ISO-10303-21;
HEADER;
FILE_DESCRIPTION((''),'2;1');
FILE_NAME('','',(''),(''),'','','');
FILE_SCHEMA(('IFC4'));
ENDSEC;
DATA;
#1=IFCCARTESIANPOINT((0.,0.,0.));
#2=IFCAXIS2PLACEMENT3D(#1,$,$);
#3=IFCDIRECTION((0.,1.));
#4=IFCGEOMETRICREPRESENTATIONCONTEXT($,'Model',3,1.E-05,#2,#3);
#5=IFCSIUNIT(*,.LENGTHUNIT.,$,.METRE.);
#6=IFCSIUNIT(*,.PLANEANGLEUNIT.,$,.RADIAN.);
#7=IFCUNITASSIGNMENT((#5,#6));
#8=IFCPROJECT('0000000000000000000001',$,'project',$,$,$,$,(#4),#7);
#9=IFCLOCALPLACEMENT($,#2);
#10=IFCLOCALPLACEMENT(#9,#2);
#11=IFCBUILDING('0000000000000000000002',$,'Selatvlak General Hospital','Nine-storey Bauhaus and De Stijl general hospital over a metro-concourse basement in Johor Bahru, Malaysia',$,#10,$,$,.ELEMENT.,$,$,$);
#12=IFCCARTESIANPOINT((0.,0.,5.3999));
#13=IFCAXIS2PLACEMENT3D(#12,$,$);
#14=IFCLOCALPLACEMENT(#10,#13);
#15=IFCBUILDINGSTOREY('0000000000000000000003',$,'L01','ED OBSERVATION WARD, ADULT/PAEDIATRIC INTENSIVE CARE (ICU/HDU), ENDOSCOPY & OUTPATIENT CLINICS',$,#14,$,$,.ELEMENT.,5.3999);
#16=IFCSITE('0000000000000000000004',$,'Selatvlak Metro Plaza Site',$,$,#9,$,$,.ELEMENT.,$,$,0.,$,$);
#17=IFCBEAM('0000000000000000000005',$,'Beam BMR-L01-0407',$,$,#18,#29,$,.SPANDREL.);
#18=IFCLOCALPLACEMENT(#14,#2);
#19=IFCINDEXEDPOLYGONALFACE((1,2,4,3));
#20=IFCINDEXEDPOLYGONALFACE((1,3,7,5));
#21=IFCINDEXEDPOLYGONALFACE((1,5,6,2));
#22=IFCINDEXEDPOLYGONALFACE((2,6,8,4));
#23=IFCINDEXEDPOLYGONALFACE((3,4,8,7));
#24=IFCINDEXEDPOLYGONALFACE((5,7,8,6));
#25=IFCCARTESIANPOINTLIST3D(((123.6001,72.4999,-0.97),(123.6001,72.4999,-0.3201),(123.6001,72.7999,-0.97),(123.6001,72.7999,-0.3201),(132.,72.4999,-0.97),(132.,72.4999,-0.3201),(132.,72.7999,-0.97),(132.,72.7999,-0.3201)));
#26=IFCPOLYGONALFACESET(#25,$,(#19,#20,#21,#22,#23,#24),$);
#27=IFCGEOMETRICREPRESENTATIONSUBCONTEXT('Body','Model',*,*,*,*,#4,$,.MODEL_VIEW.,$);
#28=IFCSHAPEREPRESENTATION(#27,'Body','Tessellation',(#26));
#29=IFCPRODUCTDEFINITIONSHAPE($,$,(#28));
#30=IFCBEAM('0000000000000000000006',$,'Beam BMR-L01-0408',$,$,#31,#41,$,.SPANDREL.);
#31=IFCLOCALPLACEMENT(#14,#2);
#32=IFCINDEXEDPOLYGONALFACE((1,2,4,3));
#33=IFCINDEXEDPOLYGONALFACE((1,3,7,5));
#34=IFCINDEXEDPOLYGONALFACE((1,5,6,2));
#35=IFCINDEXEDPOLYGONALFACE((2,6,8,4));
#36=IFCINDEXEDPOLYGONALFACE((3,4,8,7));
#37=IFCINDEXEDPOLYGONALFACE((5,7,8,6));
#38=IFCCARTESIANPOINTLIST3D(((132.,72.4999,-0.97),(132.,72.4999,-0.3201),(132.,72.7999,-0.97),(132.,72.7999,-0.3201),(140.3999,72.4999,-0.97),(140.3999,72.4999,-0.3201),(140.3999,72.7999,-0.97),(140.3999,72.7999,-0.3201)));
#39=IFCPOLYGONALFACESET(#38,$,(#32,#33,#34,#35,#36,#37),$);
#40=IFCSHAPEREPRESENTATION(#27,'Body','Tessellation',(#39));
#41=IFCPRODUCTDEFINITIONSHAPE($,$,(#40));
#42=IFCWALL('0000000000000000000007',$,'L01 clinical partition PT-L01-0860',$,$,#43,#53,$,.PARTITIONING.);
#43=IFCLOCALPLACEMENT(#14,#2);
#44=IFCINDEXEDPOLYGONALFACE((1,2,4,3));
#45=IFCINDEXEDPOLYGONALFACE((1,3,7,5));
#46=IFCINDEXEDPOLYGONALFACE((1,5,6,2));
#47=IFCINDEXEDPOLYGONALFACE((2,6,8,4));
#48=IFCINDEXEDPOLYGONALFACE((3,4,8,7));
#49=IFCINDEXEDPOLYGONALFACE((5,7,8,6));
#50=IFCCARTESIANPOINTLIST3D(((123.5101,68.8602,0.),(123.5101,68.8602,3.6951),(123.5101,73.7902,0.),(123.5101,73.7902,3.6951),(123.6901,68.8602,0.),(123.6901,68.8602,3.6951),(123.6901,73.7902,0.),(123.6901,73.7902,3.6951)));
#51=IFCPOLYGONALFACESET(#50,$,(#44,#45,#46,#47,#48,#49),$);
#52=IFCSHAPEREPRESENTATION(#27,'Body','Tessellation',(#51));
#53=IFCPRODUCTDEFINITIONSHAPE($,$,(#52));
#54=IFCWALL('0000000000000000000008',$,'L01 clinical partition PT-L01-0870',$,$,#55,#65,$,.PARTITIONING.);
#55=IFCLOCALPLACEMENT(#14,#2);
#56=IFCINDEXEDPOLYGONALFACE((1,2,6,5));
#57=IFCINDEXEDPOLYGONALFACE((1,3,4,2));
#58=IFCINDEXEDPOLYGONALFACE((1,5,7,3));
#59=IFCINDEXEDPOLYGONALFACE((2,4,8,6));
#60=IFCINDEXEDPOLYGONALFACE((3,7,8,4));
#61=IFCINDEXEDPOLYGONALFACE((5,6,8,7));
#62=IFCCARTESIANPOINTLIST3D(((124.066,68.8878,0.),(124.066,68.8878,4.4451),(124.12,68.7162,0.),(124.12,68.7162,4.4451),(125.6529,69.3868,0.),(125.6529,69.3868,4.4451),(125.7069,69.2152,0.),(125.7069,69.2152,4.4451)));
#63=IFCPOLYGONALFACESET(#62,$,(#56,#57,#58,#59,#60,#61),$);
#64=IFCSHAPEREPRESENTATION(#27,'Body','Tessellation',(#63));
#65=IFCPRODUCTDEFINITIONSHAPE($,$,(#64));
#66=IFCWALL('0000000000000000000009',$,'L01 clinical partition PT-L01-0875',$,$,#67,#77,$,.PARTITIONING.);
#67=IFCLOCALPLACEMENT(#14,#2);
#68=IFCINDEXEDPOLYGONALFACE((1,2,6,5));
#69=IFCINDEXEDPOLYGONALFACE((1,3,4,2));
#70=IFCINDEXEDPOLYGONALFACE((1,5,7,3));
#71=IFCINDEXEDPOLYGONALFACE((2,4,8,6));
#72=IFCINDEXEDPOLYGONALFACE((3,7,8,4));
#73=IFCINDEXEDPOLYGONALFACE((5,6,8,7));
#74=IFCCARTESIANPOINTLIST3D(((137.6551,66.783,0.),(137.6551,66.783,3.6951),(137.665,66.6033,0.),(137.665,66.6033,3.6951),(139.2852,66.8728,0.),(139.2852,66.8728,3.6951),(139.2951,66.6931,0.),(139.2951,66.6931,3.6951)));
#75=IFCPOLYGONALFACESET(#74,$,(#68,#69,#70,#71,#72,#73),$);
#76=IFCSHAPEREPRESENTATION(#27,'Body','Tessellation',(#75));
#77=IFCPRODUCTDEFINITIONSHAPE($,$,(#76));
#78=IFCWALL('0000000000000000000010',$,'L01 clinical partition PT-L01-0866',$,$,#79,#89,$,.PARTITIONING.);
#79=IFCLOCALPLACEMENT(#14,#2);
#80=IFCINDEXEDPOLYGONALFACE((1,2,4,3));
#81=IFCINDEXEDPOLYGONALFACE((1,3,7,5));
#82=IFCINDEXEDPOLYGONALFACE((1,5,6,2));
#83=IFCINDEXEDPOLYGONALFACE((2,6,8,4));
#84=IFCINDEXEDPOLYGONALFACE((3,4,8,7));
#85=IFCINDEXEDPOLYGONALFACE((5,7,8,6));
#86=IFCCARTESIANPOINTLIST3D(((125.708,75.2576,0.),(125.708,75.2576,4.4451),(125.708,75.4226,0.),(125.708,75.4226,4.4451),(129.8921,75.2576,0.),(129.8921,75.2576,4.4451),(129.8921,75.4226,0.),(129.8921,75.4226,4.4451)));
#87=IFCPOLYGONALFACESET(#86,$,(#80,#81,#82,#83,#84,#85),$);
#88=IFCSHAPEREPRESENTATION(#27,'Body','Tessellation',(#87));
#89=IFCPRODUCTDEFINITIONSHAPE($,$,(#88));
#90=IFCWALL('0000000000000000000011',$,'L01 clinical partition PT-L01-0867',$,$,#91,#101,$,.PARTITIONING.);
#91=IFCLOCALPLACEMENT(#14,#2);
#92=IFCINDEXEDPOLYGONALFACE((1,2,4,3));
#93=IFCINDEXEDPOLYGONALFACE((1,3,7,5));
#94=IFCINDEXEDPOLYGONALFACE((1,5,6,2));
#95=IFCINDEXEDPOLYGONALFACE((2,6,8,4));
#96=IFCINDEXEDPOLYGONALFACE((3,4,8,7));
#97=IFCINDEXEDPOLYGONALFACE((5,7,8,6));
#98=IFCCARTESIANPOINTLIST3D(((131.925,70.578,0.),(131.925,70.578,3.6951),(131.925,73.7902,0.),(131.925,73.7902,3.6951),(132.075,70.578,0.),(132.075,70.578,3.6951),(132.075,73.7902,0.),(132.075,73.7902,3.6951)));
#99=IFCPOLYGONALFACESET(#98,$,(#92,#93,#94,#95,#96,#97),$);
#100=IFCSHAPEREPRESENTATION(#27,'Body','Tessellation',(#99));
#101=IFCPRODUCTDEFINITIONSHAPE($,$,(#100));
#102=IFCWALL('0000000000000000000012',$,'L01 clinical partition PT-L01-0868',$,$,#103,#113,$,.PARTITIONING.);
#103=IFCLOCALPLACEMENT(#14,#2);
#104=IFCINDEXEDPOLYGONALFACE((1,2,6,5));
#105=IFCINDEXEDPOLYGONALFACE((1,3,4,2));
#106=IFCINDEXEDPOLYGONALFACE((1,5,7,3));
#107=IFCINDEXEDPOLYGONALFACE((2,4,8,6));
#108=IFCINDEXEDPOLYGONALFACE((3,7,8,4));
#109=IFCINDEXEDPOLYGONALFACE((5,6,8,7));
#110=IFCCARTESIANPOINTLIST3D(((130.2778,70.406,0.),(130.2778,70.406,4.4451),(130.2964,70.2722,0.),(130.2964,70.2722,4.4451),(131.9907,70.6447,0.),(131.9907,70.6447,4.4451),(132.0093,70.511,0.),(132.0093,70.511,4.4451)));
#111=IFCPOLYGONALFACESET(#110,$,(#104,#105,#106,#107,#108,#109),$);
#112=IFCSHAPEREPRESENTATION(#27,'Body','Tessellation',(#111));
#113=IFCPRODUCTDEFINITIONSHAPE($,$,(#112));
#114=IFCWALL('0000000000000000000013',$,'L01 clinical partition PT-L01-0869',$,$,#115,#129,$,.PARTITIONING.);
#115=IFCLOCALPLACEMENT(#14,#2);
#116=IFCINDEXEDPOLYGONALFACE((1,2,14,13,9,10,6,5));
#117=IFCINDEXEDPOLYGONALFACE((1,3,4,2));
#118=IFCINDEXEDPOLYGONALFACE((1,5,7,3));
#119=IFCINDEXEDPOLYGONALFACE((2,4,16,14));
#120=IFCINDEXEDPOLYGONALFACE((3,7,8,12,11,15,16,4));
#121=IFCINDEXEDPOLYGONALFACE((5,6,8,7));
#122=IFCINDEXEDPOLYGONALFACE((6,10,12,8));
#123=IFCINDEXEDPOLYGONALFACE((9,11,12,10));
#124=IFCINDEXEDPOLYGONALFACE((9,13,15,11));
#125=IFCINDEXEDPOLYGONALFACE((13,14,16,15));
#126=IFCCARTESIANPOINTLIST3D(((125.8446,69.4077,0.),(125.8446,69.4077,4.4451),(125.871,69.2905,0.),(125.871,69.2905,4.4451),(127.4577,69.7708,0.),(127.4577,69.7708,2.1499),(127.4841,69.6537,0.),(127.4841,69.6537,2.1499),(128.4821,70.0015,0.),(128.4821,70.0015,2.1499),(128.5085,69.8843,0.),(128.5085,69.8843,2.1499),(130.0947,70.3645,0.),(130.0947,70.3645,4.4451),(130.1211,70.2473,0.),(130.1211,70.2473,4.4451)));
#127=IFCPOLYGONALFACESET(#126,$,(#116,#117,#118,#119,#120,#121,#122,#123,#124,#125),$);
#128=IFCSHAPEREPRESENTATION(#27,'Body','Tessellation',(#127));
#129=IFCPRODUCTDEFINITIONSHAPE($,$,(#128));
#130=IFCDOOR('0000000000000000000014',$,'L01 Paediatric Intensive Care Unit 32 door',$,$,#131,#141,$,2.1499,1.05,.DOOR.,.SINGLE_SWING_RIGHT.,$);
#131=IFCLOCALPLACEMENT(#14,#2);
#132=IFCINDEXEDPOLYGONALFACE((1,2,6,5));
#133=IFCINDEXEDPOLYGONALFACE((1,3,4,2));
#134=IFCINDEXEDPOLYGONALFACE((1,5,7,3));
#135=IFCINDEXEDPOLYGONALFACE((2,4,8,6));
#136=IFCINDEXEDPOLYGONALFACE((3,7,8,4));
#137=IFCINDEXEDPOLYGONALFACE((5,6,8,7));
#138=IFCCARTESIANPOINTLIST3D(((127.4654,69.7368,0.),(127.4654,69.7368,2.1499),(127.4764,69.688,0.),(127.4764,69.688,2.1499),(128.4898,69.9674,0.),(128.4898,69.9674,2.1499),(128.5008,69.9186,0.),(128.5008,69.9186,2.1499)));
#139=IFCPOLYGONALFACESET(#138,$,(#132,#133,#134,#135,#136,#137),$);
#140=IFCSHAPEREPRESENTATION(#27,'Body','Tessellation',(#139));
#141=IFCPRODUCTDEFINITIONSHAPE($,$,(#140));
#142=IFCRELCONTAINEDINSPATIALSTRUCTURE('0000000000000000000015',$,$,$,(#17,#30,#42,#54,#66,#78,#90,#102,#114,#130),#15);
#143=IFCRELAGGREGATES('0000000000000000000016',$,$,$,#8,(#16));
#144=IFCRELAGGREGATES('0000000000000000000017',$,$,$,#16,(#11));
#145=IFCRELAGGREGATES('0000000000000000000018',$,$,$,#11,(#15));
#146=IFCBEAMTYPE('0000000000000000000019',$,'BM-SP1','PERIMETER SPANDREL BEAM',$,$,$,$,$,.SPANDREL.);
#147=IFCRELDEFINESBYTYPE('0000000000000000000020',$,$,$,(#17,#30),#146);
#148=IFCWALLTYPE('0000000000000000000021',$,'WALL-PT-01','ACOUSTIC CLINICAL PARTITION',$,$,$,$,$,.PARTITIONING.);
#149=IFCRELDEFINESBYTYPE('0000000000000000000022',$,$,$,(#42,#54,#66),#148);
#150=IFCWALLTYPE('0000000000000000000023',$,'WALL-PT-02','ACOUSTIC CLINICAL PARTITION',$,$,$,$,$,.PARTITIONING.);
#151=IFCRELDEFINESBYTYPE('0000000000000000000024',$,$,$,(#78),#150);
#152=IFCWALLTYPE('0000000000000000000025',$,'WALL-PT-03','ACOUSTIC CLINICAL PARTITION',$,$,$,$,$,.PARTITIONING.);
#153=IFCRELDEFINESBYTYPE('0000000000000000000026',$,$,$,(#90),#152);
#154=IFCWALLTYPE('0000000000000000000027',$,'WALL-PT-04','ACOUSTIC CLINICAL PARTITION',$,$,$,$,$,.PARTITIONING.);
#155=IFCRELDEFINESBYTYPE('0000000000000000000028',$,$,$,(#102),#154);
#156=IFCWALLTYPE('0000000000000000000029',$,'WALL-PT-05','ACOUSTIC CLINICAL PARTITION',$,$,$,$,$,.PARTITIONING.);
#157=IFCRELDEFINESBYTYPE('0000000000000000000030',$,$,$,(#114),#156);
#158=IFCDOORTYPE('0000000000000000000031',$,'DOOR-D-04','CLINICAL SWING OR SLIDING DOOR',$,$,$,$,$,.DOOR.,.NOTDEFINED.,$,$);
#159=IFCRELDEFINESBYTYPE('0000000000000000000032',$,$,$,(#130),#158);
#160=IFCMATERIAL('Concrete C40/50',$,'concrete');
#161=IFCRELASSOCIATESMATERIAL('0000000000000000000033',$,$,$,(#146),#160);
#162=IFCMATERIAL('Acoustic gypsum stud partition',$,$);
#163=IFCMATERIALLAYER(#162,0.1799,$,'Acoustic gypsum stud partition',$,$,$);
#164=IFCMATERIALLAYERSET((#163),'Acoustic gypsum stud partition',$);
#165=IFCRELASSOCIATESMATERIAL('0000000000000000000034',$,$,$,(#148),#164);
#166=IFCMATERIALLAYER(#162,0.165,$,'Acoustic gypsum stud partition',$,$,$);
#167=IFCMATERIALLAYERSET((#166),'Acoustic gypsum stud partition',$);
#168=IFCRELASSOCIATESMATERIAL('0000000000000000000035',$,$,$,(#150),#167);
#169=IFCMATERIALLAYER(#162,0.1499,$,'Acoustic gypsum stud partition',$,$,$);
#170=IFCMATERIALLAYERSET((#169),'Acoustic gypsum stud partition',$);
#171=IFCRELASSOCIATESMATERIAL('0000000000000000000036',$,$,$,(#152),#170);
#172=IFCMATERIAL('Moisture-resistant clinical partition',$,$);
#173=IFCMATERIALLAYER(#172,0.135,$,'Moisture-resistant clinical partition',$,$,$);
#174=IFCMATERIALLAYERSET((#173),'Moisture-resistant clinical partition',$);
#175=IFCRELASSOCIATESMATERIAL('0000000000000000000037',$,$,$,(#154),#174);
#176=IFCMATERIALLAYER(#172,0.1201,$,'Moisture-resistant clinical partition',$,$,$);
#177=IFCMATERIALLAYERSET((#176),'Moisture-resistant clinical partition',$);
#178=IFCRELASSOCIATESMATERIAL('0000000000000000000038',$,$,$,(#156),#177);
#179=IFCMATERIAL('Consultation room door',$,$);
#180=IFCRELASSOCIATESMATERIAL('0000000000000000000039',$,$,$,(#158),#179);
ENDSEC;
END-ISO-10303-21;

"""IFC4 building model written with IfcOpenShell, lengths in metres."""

from ifc_helpers import new_model, si_unit, direction, frame, frame_2d, origin, origin_2d, place, context, subcontext, project, spatial, rectangle, extrude, material, layer, layer_set, material_profile, profile_set, type_object, element, fill, save


model = new_model("IFC4")

# Units and contexts
model_context = context("Model", 3, precision=1e-05, world=origin(), true_north=direction((0.0, 1.0)))
body_context = subcontext(model_context, "Body", "Model", "MODEL_VIEW")
ifc_project = project(units=[si_unit("LENGTHUNIT", "METRE"), si_unit("PLANEANGLEUNIT", "RADIAN")], contexts=[model_context])

# Site, building, storey
site_placement = place(None, origin())
site = spatial("IfcSite", under=ifc_project, at=site_placement, Name="Selatvlak Metro Plaza Site", CompositionType="ELEMENT", RefElevation=0.0)
building_placement = place(site_placement, origin())
building = spatial("IfcBuilding", under=site, at=building_placement, Name="Selatvlak General Hospital", Description="Nine-storey Bauhaus and De Stijl general hospital over a metro-concourse basement in Johor Bahru, Malaysia", CompositionType="ELEMENT")
storey_placement = place(building_placement, frame((0.0, 0.0, 5.3999)))
storey = spatial("IfcBuildingStorey", under=building, at=storey_placement, Name="L01", Description="ED OBSERVATION WARD, ADULT/PAEDIATRIC INTENSIVE CARE (ICU/HDU), ENDOSCOPY & OUTPATIENT CLINICS", CompositionType="ELEMENT", Elevation=5.3999)

# Beams
ifc_material_1 = material(Name="Concrete C40/50", Category="concrete")
ifc_material_profile_1 = material_profile(ifc_material_1, rectangle(XDim=0.3, YDim=0.6499, at=origin_2d()), Name="RC-SP 300x650")
ifc_profile_set_1 = profile_set([ifc_material_profile_1], Name="Concrete C40/50")
beam_type_1 = type_object("IfcBeamType", Name="BM-SP1", Description="PERIMETER SPANDREL BEAM", PredefinedType="SPANDREL", material=ifc_profile_set_1)
for number, where, z_axis, x_axis, name in (
    (1, (123.6001, 72.6499, -0.645), (1.0, 0.0, 0.0), (0.0, 1.0, 0.0), "Beam BMR-L01-0407"),
    (2, (132.0, 72.6499, -0.645), (1.0, 0.0, 0.0), (0.0, 1.0, 0.0), "Beam BMR-L01-0408"),
):
    element("IfcBeam", number, at=place(storey_placement, frame(where, z_axis=z_axis, x_axis=x_axis)), inside=storey, type_object=beam_type_1, Name=name, PredefinedType="SPANDREL", context=body_context, shape_type="SweptSolid", body=[
        extrude(rectangle(XDim=0.3, YDim=0.6499, at=origin_2d()), origin(), (0.0, 0.0, 1.0), 8.3999),
    ])

# Walls
ifc_material_2 = material(Name="Acoustic gypsum stud partition")
ifc_layer_1 = layer(ifc_material_2, 0.1799, Name="Acoustic gypsum stud partition")
ifc_layer_set_1 = layer_set([ifc_layer_1], Name="Acoustic gypsum stud partition")
wall_type_1 = type_object("IfcWallType", Name="WALL-PT-01", Description="ACOUSTIC CLINICAL PARTITION", PredefinedType="PARTITIONING", material=ifc_layer_set_1)
wall_1_placement = place(storey_placement, frame((123.6001, 73.79, 0.0), z_axis=(0.0, 0.0, 1.0), x_axis=(0.0, -1.0, 0.0)))
element("IfcWall", 3, at=wall_1_placement, inside=storey, type_object=wall_type_1, Name="L01 clinical partition PT-L01-0860", PredefinedType="PARTITIONING", context=body_context, shape_type="SweptSolid", body=[
    extrude(rectangle(XDim=4.9299, YDim=0.1799, at=frame_2d((2.4648, 0.0))), origin(), (0.0, 0.0, 1.0), 3.6951),
])
wall_2_placement = place(storey_placement, frame((125.6799, 69.301, 0.0), z_axis=(0.0, 0.0, 1.0), x_axis=(-0.953946, -0.299979, 0.0)))
element("IfcWall", 4, at=wall_2_placement, inside=storey, type_object=wall_type_1, Name="L01 clinical partition PT-L01-0870", PredefinedType="PARTITIONING", context=body_context, shape_type="SweptSolid", body=[
    extrude(rectangle(XDim=1.6636, YDim=0.1799, at=frame_2d((0.8318, 0.0))), origin(), (0.0, 0.0, 1.0), 4.4451),
])
wall_3_placement = place(storey_placement, frame((137.6599, 66.6931, 0.0), z_axis=(0.0, 0.0, 1.0), x_axis=(0.998485, 0.055031, 0.0)))
element("IfcWall", 5, at=wall_3_placement, inside=storey, type_object=wall_type_1, Name="L01 clinical partition PT-L01-0875", PredefinedType="PARTITIONING", context=body_context, shape_type="SweptSolid", body=[
    extrude(rectangle(XDim=1.6326, YDim=0.1799, at=frame_2d((0.8164, 0.0))), origin(), (0.0, 0.0, 1.0), 3.6951),
])

# Shared definitions
ifc_layer_2 = layer(ifc_material_2, 0.165, Name="Acoustic gypsum stud partition")
ifc_layer_set_2 = layer_set([ifc_layer_2], Name="Acoustic gypsum stud partition")
wall_type_2 = type_object("IfcWallType", Name="WALL-PT-02", Description="ACOUSTIC CLINICAL PARTITION", PredefinedType="PARTITIONING", material=ifc_layer_set_2)

# Walls
wall_4_placement = place(storey_placement, frame((125.708, 75.3401, 0.0), z_axis=(0.0, 0.0, 1.0), x_axis=(1.0, 0.0, 0.0)))
element("IfcWall", 6, at=wall_4_placement, inside=storey, type_object=wall_type_2, Name="L01 clinical partition PT-L01-0866", PredefinedType="PARTITIONING", context=body_context, shape_type="SweptSolid", body=[
    extrude(rectangle(XDim=4.1841, YDim=0.165, at=frame_2d((2.092, 0.0))), origin(), (0.0, 0.0, 1.0), 4.4451),
])
ifc_layer_3 = layer(ifc_material_2, 0.1499, Name="Acoustic gypsum stud partition")
ifc_layer_set_3 = layer_set([ifc_layer_3], Name="Acoustic gypsum stud partition")
wall_type_3 = type_object("IfcWallType", Name="WALL-PT-03", Description="ACOUSTIC CLINICAL PARTITION", PredefinedType="PARTITIONING", material=ifc_layer_set_3)
wall_5_placement = place(storey_placement, frame((132.0, 73.79, 0.0), z_axis=(0.0, 0.0, 1.0), x_axis=(0.0, -1.0, 0.0)))
element("IfcWall", 7, at=wall_5_placement, inside=storey, type_object=wall_type_3, Name="L01 clinical partition PT-L01-0867", PredefinedType="PARTITIONING", context=body_context, shape_type="SweptSolid", body=[
    extrude(rectangle(XDim=3.2122, YDim=0.1499, at=frame_2d((1.606, 0.0))), origin(), (0.0, 0.0, 1.0), 3.6951),
])
ifc_material_3 = material(Name="Moisture-resistant clinical partition")
ifc_layer_4 = layer(ifc_material_3, 0.135, Name="Moisture-resistant clinical partition")
ifc_layer_set_4 = layer_set([ifc_layer_4], Name="Moisture-resistant clinical partition")
wall_type_4 = type_object("IfcWallType", Name="WALL-PT-04", Description="ACOUSTIC CLINICAL PARTITION", PredefinedType="PARTITIONING", material=ifc_layer_set_4)
wall_6_placement = place(storey_placement, frame((132.0, 70.5779, 0.0), z_axis=(0.0, 0.0, 1.0), x_axis=(-0.990424, -0.138061, 0.0)))
element("IfcWall", 8, at=wall_6_placement, inside=storey, type_object=wall_type_4, Name="L01 clinical partition PT-L01-0868", PredefinedType="PARTITIONING", context=body_context, shape_type="SweptSolid", body=[
    extrude(rectangle(XDim=1.7295, YDim=0.135, at=frame_2d((0.8647, 0.0))), origin(), (0.0, 0.0, 1.0), 4.4451),
])

# Wall, opening, door
ifc_layer_5 = layer(ifc_material_3, 0.1201, Name="Moisture-resistant clinical partition")
ifc_layer_set_5 = layer_set([ifc_layer_5], Name="Moisture-resistant clinical partition")
wall_type_5 = type_object("IfcWallType", Name="WALL-PT-05", Description="ACOUSTIC CLINICAL PARTITION", PredefinedType="PARTITIONING", material=ifc_layer_set_5)
wall_7_placement = place(storey_placement, frame((130.1079, 70.3059, 0.0), z_axis=(0.0, 0.0, 1.0), x_axis=(-0.975583, -0.21963, 0.0)))
wall_7 = element("IfcWall", 9, at=wall_7_placement, inside=storey, type_object=wall_type_5, Name="L01 clinical partition PT-L01-0869", PredefinedType="PARTITIONING", context=body_context, shape_type="SweptSolid", body=[
    extrude(rectangle(XDim=4.3564, YDim=0.1201, at=frame_2d((2.1782, 0.0))), origin(), (0.0, 0.0, 1.0), 4.4451),
])
opening_1_placement = place(wall_7_placement, frame((1.6531, 0.0, 0.0)))
opening_1 = element("IfcOpeningElement", 10, at=opening_1_placement, cuts=wall_7, PredefinedType="OPENING", context=body_context, shape_type="SweptSolid", body=[
    extrude(rectangle(XDim=1.05, YDim=2.1499, at=frame_2d((0.5249, 1.075))), frame((0.0, 0.0701, 0.0), z_axis=(0.0, -1.0, 0.0), x_axis=(1.0, 0.0, 0.0)), (0.0, 0.0, 1.0), 0.1401),
])
ifc_material_4 = material(Name="Consultation room door")
door_type_1 = type_object("IfcDoorType", Name="DOOR-D-04", Description="CLINICAL SWING OR SLIDING DOOR", OperationType="NOTDEFINED", PredefinedType="DOOR", material=ifc_material_4)
door_1_placement = place(opening_1_placement, origin())
door_1 = element("IfcDoor", 11, at=door_1_placement, inside=storey, type_object=door_type_1, Name="L01 Paediatric Intensive Care Unit 32 door", OperationType="SINGLE_SWING_RIGHT", OverallHeight=2.1499, OverallWidth=1.05, PredefinedType="DOOR", context=body_context, shape_type="SweptSolid", body=[
    extrude(rectangle(XDim=1.05, YDim=2.1499, at=frame_2d((0.5249, 1.075))), frame((0.0, 0.0249, 0.0), z_axis=(0.0, -1.0, 0.0), x_axis=(1.0, 0.0, 0.0)), (0.0, 0.0, 1.0), 0.05),
])
fill(opening_1, door_1)

save(model, "model.ifc")
